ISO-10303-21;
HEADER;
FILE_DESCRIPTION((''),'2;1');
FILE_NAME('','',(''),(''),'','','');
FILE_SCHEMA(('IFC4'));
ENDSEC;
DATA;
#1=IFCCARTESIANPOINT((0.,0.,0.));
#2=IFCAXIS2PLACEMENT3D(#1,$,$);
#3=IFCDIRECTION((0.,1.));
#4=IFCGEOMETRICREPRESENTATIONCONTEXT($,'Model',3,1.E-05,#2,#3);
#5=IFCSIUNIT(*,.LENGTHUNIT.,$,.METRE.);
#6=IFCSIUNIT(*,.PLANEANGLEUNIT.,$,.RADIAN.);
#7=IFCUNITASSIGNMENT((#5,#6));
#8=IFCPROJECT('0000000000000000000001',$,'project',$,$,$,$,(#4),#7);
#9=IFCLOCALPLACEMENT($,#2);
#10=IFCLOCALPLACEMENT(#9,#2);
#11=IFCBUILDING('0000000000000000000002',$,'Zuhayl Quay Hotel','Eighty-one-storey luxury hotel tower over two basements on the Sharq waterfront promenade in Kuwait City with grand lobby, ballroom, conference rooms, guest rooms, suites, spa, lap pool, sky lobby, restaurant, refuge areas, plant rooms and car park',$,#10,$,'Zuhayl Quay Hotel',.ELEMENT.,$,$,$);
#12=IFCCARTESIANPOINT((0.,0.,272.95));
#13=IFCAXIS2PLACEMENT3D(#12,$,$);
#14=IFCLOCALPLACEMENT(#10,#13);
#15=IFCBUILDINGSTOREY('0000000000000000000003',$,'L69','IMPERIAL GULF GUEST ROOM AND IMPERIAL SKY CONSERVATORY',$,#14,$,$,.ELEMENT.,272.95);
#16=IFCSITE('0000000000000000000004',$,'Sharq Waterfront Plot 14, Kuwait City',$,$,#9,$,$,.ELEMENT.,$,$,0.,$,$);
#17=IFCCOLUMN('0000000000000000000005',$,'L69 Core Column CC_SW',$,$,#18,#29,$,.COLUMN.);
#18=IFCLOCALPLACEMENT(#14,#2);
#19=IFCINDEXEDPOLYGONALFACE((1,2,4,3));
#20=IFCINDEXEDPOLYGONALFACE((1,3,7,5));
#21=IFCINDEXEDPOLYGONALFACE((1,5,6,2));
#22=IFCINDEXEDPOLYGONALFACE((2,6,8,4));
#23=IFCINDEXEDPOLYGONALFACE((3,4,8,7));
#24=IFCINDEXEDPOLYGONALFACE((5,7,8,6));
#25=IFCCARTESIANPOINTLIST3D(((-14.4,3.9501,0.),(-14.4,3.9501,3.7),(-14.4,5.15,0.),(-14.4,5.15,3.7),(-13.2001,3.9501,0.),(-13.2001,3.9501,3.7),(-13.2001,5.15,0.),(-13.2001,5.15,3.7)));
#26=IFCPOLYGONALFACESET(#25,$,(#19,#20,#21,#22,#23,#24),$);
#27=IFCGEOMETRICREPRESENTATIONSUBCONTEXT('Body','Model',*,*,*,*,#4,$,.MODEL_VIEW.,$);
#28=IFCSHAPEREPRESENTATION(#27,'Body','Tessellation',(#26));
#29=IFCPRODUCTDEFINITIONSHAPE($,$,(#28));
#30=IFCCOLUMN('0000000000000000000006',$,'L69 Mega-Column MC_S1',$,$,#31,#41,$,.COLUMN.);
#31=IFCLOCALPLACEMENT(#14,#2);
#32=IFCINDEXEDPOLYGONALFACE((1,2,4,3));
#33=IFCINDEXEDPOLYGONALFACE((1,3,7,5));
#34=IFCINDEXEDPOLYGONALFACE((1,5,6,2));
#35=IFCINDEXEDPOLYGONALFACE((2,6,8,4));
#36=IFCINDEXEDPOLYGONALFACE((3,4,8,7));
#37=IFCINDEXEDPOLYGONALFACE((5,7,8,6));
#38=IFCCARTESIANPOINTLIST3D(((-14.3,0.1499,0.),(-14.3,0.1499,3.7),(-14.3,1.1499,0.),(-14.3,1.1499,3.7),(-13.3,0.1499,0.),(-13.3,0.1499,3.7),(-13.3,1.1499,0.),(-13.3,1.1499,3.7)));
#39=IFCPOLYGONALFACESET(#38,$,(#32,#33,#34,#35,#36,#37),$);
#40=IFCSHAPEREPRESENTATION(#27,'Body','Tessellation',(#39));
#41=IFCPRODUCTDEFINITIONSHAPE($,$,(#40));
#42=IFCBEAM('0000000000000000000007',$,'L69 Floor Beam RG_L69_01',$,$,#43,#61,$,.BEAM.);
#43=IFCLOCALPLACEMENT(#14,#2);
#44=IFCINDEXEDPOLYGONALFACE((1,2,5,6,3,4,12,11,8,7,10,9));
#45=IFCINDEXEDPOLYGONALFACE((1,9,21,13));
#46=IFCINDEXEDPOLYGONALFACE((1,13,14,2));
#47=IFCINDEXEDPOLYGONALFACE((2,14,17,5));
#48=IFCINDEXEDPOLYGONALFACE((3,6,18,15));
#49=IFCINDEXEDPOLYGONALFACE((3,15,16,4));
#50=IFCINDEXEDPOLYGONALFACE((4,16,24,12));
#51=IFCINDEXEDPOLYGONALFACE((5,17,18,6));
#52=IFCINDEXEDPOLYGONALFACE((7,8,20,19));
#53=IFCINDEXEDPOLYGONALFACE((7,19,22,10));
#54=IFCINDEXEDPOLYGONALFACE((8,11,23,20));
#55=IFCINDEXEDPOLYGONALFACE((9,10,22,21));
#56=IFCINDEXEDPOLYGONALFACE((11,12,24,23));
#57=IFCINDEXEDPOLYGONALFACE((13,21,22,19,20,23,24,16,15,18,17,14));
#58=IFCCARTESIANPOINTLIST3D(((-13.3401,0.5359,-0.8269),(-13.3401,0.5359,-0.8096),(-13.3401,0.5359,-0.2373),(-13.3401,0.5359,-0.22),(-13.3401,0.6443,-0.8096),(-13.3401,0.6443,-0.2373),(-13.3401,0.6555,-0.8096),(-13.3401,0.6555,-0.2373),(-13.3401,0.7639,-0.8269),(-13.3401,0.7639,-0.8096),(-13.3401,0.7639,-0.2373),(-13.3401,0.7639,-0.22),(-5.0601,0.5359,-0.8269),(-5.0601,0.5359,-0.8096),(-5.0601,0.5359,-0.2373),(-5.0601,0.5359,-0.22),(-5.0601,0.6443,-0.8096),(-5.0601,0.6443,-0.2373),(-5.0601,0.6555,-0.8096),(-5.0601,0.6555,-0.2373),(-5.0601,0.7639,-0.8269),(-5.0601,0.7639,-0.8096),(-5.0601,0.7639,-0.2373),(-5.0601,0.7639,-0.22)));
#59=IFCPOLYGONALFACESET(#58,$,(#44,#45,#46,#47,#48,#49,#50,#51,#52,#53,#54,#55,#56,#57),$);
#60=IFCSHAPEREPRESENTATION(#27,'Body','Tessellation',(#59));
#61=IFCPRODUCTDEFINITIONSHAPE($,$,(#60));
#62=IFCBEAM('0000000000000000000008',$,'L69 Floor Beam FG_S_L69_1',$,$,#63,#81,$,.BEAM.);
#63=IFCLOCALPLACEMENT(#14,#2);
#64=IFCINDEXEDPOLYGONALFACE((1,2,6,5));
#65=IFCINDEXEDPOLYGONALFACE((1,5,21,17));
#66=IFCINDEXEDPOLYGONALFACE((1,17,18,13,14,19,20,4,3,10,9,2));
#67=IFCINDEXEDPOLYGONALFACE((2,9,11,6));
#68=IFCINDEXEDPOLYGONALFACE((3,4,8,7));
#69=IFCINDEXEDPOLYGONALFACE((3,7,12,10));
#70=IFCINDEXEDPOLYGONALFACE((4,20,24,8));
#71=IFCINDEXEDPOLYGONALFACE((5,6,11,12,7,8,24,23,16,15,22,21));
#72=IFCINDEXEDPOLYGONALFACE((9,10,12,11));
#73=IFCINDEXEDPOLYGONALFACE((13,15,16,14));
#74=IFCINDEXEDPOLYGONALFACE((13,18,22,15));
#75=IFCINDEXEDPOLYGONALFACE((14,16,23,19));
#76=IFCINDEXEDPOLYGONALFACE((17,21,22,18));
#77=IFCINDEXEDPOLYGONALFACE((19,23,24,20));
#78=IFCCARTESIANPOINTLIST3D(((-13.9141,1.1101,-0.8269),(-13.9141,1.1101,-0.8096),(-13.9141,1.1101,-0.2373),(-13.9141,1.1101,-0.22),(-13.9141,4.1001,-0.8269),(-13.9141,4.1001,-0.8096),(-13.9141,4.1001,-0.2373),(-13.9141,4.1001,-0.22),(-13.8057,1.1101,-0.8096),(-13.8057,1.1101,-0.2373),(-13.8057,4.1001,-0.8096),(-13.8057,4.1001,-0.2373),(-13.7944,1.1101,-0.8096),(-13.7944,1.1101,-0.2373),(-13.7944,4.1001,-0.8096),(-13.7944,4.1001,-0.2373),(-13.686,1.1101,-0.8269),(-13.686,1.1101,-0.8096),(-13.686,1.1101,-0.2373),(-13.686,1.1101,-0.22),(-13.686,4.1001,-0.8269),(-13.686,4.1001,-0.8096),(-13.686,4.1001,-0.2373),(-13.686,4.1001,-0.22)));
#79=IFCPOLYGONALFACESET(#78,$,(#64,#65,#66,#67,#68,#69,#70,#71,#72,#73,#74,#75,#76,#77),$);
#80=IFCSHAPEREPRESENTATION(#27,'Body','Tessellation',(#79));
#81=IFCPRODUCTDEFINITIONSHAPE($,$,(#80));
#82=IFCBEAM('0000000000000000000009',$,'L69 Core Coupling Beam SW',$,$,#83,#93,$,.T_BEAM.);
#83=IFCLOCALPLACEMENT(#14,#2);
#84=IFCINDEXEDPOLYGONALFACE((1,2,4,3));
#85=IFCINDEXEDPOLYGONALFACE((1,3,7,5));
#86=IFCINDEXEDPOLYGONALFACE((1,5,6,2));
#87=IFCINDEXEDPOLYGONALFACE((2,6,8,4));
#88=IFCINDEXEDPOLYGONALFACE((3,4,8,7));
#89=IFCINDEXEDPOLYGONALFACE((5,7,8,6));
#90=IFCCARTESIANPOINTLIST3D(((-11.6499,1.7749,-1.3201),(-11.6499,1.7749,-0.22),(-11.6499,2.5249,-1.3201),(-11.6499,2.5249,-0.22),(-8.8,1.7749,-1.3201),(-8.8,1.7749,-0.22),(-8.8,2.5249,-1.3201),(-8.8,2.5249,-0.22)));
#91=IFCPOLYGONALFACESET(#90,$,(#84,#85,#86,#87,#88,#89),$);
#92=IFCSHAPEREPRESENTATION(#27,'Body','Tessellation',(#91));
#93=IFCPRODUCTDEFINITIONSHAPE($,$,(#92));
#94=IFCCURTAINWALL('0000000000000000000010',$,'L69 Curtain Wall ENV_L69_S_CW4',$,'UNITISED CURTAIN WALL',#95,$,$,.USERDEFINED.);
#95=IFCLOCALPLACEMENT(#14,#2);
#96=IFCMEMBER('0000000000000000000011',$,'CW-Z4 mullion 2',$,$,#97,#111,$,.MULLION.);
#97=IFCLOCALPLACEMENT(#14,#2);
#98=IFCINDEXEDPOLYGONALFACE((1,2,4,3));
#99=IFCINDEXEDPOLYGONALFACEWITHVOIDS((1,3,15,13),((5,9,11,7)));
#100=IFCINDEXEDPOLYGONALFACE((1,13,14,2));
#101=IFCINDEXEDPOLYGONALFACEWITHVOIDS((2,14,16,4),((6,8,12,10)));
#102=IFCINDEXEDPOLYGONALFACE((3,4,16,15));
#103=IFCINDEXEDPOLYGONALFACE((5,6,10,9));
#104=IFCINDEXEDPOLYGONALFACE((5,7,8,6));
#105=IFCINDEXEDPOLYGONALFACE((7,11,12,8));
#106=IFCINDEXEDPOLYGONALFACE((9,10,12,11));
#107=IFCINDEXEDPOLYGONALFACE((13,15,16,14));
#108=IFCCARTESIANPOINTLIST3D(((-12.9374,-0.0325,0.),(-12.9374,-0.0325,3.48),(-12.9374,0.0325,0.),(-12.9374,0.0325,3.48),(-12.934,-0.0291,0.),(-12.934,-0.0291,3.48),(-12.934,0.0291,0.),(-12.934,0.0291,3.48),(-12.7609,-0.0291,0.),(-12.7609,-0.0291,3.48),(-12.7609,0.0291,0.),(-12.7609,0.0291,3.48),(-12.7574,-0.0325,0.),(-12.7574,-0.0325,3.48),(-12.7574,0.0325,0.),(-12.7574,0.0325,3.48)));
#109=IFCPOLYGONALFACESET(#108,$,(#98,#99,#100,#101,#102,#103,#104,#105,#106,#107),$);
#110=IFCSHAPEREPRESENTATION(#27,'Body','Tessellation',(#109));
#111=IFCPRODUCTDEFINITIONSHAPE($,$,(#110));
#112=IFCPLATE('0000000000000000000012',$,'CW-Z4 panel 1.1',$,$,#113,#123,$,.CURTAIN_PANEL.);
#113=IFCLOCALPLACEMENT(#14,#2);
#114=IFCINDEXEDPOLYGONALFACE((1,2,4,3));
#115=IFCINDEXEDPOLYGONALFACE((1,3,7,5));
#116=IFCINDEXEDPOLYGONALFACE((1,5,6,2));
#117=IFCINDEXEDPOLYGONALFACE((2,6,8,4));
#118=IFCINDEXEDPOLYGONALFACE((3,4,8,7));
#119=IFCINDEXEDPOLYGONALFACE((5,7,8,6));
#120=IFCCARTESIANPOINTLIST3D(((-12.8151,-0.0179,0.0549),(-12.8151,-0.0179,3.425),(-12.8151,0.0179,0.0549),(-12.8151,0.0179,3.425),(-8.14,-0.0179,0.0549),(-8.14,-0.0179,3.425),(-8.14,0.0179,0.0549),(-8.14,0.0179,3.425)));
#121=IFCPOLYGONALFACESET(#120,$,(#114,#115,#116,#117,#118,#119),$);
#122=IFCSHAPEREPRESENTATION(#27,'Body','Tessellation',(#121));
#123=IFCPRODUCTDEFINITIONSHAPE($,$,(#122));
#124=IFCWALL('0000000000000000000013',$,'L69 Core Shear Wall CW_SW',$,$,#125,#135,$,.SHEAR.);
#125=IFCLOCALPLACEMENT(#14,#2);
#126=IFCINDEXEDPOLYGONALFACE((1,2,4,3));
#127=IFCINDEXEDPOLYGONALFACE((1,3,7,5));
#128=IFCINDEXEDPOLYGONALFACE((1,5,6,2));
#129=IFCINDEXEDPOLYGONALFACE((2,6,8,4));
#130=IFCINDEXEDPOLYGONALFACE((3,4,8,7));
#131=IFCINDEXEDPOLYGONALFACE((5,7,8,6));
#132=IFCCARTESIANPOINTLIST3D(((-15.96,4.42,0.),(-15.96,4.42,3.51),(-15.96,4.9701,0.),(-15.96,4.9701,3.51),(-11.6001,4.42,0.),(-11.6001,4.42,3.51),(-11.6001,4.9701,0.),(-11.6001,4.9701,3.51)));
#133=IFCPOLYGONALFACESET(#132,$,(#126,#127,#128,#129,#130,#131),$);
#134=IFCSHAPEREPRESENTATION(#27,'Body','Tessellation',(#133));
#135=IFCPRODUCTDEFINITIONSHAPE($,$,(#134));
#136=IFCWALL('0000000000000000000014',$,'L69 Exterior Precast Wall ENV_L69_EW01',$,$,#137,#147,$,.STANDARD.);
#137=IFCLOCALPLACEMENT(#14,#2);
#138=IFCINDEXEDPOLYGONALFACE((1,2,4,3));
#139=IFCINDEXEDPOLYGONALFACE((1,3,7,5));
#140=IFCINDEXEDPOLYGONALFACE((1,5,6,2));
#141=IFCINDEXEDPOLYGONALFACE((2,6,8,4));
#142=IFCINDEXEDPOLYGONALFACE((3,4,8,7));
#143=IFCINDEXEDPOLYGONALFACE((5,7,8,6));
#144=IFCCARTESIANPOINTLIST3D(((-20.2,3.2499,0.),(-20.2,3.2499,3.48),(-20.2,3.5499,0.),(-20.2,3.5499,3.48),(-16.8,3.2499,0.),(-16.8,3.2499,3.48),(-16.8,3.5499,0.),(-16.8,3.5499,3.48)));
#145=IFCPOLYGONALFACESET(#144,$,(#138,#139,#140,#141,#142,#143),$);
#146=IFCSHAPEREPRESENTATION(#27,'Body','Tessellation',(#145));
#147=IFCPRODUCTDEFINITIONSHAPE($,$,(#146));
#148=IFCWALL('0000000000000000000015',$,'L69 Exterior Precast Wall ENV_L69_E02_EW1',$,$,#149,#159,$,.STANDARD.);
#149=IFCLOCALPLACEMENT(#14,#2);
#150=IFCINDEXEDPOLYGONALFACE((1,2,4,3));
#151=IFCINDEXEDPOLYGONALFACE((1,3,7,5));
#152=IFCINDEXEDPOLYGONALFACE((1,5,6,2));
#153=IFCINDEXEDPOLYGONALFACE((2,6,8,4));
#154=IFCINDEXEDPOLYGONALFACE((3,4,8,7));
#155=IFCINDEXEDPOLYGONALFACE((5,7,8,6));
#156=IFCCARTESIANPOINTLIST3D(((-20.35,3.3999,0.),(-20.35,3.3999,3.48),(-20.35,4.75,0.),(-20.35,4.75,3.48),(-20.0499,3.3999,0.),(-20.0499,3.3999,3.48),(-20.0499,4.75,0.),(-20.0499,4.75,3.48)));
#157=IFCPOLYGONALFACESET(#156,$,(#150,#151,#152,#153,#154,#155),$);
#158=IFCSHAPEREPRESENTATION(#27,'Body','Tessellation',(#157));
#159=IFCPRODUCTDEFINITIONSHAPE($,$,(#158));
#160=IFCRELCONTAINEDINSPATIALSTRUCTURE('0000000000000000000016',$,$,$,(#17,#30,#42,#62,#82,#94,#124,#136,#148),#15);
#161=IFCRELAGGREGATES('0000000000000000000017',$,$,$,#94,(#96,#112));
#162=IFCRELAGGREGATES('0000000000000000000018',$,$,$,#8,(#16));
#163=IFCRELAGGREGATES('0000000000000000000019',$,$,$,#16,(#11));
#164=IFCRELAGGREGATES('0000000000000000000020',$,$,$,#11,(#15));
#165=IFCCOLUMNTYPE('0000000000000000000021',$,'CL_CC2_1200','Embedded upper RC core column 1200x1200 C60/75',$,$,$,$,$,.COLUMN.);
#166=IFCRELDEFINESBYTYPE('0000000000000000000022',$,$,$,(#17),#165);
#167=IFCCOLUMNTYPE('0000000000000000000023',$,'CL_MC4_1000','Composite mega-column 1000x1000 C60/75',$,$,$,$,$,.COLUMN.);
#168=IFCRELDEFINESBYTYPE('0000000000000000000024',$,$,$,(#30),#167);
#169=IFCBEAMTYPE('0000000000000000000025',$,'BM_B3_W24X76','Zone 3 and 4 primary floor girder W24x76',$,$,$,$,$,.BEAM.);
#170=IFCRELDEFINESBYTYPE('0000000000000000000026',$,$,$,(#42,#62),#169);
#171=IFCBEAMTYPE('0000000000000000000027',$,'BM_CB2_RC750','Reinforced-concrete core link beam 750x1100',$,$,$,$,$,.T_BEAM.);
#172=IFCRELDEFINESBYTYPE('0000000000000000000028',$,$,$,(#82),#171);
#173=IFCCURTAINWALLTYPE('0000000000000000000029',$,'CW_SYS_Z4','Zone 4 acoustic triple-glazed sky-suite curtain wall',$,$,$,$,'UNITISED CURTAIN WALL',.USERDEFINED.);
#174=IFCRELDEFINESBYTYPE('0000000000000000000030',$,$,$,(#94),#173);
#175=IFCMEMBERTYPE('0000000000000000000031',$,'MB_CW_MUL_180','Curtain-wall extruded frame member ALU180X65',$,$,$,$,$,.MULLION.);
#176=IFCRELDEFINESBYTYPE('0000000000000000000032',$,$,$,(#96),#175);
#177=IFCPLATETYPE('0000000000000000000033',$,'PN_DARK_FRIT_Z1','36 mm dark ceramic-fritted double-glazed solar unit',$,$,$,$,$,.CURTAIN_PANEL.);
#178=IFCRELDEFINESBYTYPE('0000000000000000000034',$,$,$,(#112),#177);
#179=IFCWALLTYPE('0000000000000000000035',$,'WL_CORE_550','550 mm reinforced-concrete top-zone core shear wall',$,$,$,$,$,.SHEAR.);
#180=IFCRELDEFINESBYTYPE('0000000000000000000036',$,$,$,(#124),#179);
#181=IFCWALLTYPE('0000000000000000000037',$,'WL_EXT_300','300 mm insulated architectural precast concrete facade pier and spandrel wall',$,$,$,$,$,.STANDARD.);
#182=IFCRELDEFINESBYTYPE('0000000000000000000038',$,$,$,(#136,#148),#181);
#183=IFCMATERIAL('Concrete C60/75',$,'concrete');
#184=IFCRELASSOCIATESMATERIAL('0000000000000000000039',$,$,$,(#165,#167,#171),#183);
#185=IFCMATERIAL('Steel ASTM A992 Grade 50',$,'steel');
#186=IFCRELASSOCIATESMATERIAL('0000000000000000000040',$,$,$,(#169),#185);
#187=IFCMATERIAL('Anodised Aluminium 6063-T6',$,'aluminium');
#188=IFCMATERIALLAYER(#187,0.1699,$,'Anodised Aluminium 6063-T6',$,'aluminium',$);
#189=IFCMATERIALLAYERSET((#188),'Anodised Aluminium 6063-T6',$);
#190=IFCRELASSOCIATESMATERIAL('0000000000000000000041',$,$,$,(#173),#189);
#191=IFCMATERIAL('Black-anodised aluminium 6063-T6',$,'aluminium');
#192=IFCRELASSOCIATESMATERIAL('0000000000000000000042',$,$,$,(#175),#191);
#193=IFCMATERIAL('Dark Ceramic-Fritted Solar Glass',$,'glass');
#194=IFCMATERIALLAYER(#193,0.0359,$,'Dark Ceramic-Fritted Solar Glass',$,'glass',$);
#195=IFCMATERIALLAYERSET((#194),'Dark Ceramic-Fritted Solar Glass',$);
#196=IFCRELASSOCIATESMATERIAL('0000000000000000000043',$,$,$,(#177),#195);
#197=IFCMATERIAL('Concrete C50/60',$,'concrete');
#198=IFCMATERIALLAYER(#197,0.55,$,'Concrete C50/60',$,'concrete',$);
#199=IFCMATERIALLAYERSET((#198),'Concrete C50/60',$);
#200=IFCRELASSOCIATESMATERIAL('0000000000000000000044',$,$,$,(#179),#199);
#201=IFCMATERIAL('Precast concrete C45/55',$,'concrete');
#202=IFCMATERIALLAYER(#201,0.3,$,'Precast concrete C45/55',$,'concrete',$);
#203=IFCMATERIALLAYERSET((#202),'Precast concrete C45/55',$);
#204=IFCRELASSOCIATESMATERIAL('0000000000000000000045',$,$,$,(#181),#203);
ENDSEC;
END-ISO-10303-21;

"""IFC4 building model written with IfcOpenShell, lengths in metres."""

from ifc_helpers import new_model, si_unit, direction, frame, frame_2d, origin, origin_2d, place, context, subcontext, project, spatial, rectangle, hollow_rectangle, i_section, extrude, material, layer, layer_set, material_profile, profile_set, type_object, element, aggregate, save


model = new_model("IFC4")

# Units and contexts
model_context = context("Model", 3, precision=1e-05, world=origin(), true_north=direction((0.0, 1.0)))
body_context = subcontext(model_context, "Body", "Model", "MODEL_VIEW")
ifc_project = project(units=[si_unit("LENGTHUNIT", "METRE"), si_unit("PLANEANGLEUNIT", "RADIAN")], contexts=[model_context])

# Site, building, storey
site_placement = place(None, origin())
site = spatial("IfcSite", under=ifc_project, at=site_placement, Name="Sharq Waterfront Plot 14, Kuwait City", CompositionType="ELEMENT", RefElevation=0.0)
building_placement = place(site_placement, origin())
building = spatial("IfcBuilding", under=site, at=building_placement, Name="Zuhayl Quay Hotel", Description="Eighty-one-storey luxury hotel tower over two basements on the Sharq waterfront promenade in Kuwait City with grand lobby, ballroom, conference rooms, guest rooms, suites, spa, lap pool, sky lobby, restaurant, refuge areas, plant rooms and car park", LongName="Zuhayl Quay Hotel", CompositionType="ELEMENT")
storey_placement = place(building_placement, frame((0.0, 0.0, 272.95)))
storey = spatial("IfcBuildingStorey", under=building, at=storey_placement, Name="L69", Description="IMPERIAL GULF GUEST ROOM AND IMPERIAL SKY CONSERVATORY", CompositionType="ELEMENT", Elevation=272.95)

# Columns
ifc_material_1 = material(Name="Concrete C60/75", Category="concrete")
ifc_material_profile_1 = material_profile(ifc_material_1, rectangle(XDim=1.2, YDim=1.2, at=origin_2d()), Name="RC1200X1200")
ifc_profile_set_1 = profile_set([ifc_material_profile_1], Name="Concrete C60/75")
column_type_1 = type_object("IfcColumnType", Name="CL_CC2_1200", Description="Embedded upper RC core column 1200x1200 C60/75", PredefinedType="COLUMN", material=ifc_profile_set_1)
column_1_placement = place(storey_placement, frame((-13.8, 4.55, 0.0), z_axis=(0.0, 0.0, 1.0), x_axis=(1.0, 0.0, 0.0)))
element("IfcColumn", 1, at=column_1_placement, inside=storey, type_object=column_type_1, Name="L69 Core Column CC_SW", PredefinedType="COLUMN", context=body_context, shape_type="SweptSolid", body=[
    extrude(rectangle(XDim=1.2, YDim=1.2, at=origin_2d()), origin(), (0.0, 0.0, 1.0), 3.7),
])
ifc_material_profile_2 = material_profile(ifc_material_1, rectangle(XDim=1.0, YDim=1.0, at=origin_2d()), Name="RC1000X1000")
ifc_profile_set_2 = profile_set([ifc_material_profile_2], Name="Concrete C60/75")
column_type_2 = type_object("IfcColumnType", Name="CL_MC4_1000", Description="Composite mega-column 1000x1000 C60/75", PredefinedType="COLUMN", material=ifc_profile_set_2)
column_2_placement = place(storey_placement, frame((-13.8, 0.6499, 0.0), z_axis=(0.0, 0.0, 1.0), x_axis=(1.0, 0.0, 0.0)))
element("IfcColumn", 2, at=column_2_placement, inside=storey, type_object=column_type_2, Name="L69 Mega-Column MC_S1", PredefinedType="COLUMN", context=body_context, shape_type="SweptSolid", body=[
    extrude(rectangle(XDim=1.0, YDim=1.0, at=origin_2d()), origin(), (0.0, 0.0, 1.0), 3.7),
])

# Beams
ifc_material_2 = material(Name="Steel ASTM A992 Grade 50", Category="steel")
ifc_material_profile_3 = material_profile(ifc_material_2, i_section(OverallWidth=0.228, OverallDepth=0.6069, WebThickness=0.0112, FlangeThickness=0.0173, at=origin_2d()), Name="W24X76")
ifc_profile_set_3 = profile_set([ifc_material_profile_3], Name="Steel ASTM A992 Grade 50")
beam_type_1 = type_object("IfcBeamType", Name="BM_B3_W24X76", Description="Zone 3 and 4 primary floor girder W24x76", PredefinedType="BEAM", material=ifc_profile_set_3)
beam_1_placement = place(storey_placement, frame((-13.3401, 0.6499, -0.5234), z_axis=(1.0, 0.0, 0.0), x_axis=(0.0, 1.0, 0.0)))
element("IfcBeam", 3, at=beam_1_placement, inside=storey, type_object=beam_type_1, Name="L69 Floor Beam RG_L69_01", PredefinedType="BEAM", context=body_context, shape_type="SweptSolid", body=[
    extrude(i_section(OverallWidth=0.228, OverallDepth=0.6069, WebThickness=0.0112, FlangeThickness=0.0173, at=origin_2d()), origin(), (0.0, 0.0, 1.0), 8.28),
])
beam_2_placement = place(storey_placement, frame((-13.8, 1.1101, -0.5234), z_axis=(0.0, 1.0, 0.0), x_axis=(-1.0, 0.0, 0.0)))
element("IfcBeam", 4, at=beam_2_placement, inside=storey, type_object=beam_type_1, Name="L69 Floor Beam FG_S_L69_1", PredefinedType="BEAM", context=body_context, shape_type="SweptSolid", body=[
    extrude(i_section(OverallWidth=0.228, OverallDepth=0.6069, WebThickness=0.0112, FlangeThickness=0.0173, at=origin_2d()), origin(), (0.0, 0.0, 1.0), 2.99),
])
ifc_material_profile_4 = material_profile(ifc_material_1, rectangle(XDim=0.75, YDim=1.1001, at=origin_2d()), Name="RC750X1100")
ifc_profile_set_4 = profile_set([ifc_material_profile_4], Name="Concrete C60/75")
beam_type_2 = type_object("IfcBeamType", Name="BM_CB2_RC750", Description="Reinforced-concrete core link beam 750x1100", PredefinedType="T_BEAM", material=ifc_profile_set_4)
beam_3_placement = place(storey_placement, frame((-11.6499, 2.1499, -0.77), z_axis=(1.0, 0.0, 0.0), x_axis=(0.0, 1.0, 0.0)))
element("IfcBeam", 5, at=beam_3_placement, inside=storey, type_object=beam_type_2, Name="L69 Core Coupling Beam SW", PredefinedType="T_BEAM", context=body_context, shape_type="SweptSolid", body=[
    extrude(rectangle(XDim=0.75, YDim=1.1001, at=origin_2d()), origin(), (0.0, 0.0, 1.0), 2.8499),
])

# Curtain wall, member, plate
ifc_material_3 = material(Name="Anodised Aluminium 6063-T6", Category="aluminium")
ifc_layer_1 = layer(ifc_material_3, 0.1699, Name="Anodised Aluminium 6063-T6", Category="aluminium")
ifc_layer_set_1 = layer_set([ifc_layer_1], Name="Anodised Aluminium 6063-T6")
curtain_wall_type = type_object("IfcCurtainWallType", Name="CW_SYS_Z4", Description="Zone 4 acoustic triple-glazed sky-suite curtain wall", ElementType="UNITISED CURTAIN WALL", PredefinedType="USERDEFINED", material=ifc_layer_set_1)
curtain_wall_placement = place(storey_placement, origin())
curtain_wall = element("IfcCurtainWall", 6, at=curtain_wall_placement, inside=storey, type_object=curtain_wall_type, Name="L69 Curtain Wall ENV_L69_S_CW4", ObjectType="UNITISED CURTAIN WALL", PredefinedType="USERDEFINED")
ifc_material_4 = material(Name="Black-anodised aluminium 6063-T6", Category="aluminium")
ifc_material_profile_5 = material_profile(ifc_material_4, hollow_rectangle(XDim=0.0649, YDim=0.1799, WallThickness=0.0034, at=origin_2d()), Name="ALU180X65")
ifc_profile_set_5 = profile_set([ifc_material_profile_5], Name="Black-anodised aluminium 6063-T6")
member_type = type_object("IfcMemberType", Name="MB_CW_MUL_180", Description="Curtain-wall extruded frame member ALU180X65", PredefinedType="MULLION", material=ifc_profile_set_5)
member_placement = place(storey_placement, frame((-12.8474, 0.0, 0.0), z_axis=(0.0, 0.0, 1.0), x_axis=(0.0, -1.0, 0.0)))
member = element("IfcMember", 7, at=member_placement, type_object=member_type, Name="CW-Z4 mullion 2", PredefinedType="MULLION", context=body_context, shape_type="SweptSolid", body=[
    extrude(hollow_rectangle(XDim=0.0649, YDim=0.1799, WallThickness=0.0034, at=origin_2d()), origin(), (0.0, 0.0, 1.0), 3.48),
])
ifc_material_5 = material(Name="Dark Ceramic-Fritted Solar Glass", Category="glass")
ifc_layer_2 = layer(ifc_material_5, 0.0359, Name="Dark Ceramic-Fritted Solar Glass", Category="glass")
ifc_layer_set_2 = layer_set([ifc_layer_2], Name="Dark Ceramic-Fritted Solar Glass")
plate_type = type_object("IfcPlateType", Name="PN_DARK_FRIT_Z1", Description="36 mm dark ceramic-fritted double-glazed solar unit", PredefinedType="CURTAIN_PANEL", material=ifc_layer_set_2)
plate_placement = place(storey_placement, frame((-10.4775, 0.0, 0.0549), z_axis=(0.0, 0.0, 1.0), x_axis=(-1.0, 0.0, 0.0)))
plate = element("IfcPlate", 8, at=plate_placement, type_object=plate_type, Name="CW-Z4 panel 1.1", PredefinedType="CURTAIN_PANEL", context=body_context, shape_type="SweptSolid", body=[
    extrude(rectangle(XDim=4.675, YDim=0.0359, at=origin_2d()), origin(), (0.0, 0.0, 1.0), 3.3701),
])
aggregate(curtain_wall, [member, plate])

# Walls
ifc_material_6 = material(Name="Concrete C50/60", Category="concrete")
ifc_layer_3 = layer(ifc_material_6, 0.55, Name="Concrete C50/60", Category="concrete")
ifc_layer_set_3 = layer_set([ifc_layer_3], Name="Concrete C50/60")
wall_type_1 = type_object("IfcWallType", Name="WL_CORE_550", Description="550 mm reinforced-concrete top-zone core shear wall", PredefinedType="SHEAR", material=ifc_layer_set_3)
wall_1_placement = place(storey_placement, frame((-15.96, 4.6951, 0.0), z_axis=(0.0, 0.0, 1.0), x_axis=(1.0, 0.0, 0.0)))
element("IfcWall", 9, at=wall_1_placement, inside=storey, type_object=wall_type_1, Name="L69 Core Shear Wall CW_SW", PredefinedType="SHEAR", context=body_context, shape_type="SweptSolid", body=[
    extrude(rectangle(XDim=4.3599, YDim=0.55, at=frame_2d((2.1799, 0.0))), origin(), (0.0, 0.0, 1.0), 3.51),
])
ifc_material_7 = material(Name="Precast concrete C45/55", Category="concrete")
ifc_layer_4 = layer(ifc_material_7, 0.3, Name="Precast concrete C45/55", Category="concrete")
ifc_layer_set_4 = layer_set([ifc_layer_4], Name="Precast concrete C45/55")
wall_type_2 = type_object("IfcWallType", Name="WL_EXT_300", Description="300 mm insulated architectural precast concrete facade pier and spandrel wall", PredefinedType="STANDARD", material=ifc_layer_set_4)
wall_2_placement = place(storey_placement, frame((-16.8, 3.3999, 0.0), z_axis=(0.0, 0.0, 1.0), x_axis=(-1.0, 0.0, 0.0)))
element("IfcWall", 10, at=wall_2_placement, inside=storey, type_object=wall_type_2, Name="L69 Exterior Precast Wall ENV_L69_EW01", PredefinedType="STANDARD", context=body_context, shape_type="SweptSolid", body=[
    extrude(rectangle(XDim=3.3999, YDim=0.3, at=frame_2d((1.7, 0.0))), origin(), (0.0, 0.0, 1.0), 3.48),
])
wall_3_placement = place(storey_placement, frame((-20.2, 3.3999, 0.0), z_axis=(0.0, 0.0, 1.0), x_axis=(0.0, 1.0, 0.0)))
element("IfcWall", 11, at=wall_3_placement, inside=storey, type_object=wall_type_2, Name="L69 Exterior Precast Wall ENV_L69_E02_EW1", PredefinedType="STANDARD", context=body_context, shape_type="SweptSolid", body=[
    extrude(rectangle(XDim=1.3501, YDim=0.3, at=frame_2d((0.675, 0.0))), origin(), (0.0, 0.0, 1.0), 3.48),
])

save(model, "model.ifc")
